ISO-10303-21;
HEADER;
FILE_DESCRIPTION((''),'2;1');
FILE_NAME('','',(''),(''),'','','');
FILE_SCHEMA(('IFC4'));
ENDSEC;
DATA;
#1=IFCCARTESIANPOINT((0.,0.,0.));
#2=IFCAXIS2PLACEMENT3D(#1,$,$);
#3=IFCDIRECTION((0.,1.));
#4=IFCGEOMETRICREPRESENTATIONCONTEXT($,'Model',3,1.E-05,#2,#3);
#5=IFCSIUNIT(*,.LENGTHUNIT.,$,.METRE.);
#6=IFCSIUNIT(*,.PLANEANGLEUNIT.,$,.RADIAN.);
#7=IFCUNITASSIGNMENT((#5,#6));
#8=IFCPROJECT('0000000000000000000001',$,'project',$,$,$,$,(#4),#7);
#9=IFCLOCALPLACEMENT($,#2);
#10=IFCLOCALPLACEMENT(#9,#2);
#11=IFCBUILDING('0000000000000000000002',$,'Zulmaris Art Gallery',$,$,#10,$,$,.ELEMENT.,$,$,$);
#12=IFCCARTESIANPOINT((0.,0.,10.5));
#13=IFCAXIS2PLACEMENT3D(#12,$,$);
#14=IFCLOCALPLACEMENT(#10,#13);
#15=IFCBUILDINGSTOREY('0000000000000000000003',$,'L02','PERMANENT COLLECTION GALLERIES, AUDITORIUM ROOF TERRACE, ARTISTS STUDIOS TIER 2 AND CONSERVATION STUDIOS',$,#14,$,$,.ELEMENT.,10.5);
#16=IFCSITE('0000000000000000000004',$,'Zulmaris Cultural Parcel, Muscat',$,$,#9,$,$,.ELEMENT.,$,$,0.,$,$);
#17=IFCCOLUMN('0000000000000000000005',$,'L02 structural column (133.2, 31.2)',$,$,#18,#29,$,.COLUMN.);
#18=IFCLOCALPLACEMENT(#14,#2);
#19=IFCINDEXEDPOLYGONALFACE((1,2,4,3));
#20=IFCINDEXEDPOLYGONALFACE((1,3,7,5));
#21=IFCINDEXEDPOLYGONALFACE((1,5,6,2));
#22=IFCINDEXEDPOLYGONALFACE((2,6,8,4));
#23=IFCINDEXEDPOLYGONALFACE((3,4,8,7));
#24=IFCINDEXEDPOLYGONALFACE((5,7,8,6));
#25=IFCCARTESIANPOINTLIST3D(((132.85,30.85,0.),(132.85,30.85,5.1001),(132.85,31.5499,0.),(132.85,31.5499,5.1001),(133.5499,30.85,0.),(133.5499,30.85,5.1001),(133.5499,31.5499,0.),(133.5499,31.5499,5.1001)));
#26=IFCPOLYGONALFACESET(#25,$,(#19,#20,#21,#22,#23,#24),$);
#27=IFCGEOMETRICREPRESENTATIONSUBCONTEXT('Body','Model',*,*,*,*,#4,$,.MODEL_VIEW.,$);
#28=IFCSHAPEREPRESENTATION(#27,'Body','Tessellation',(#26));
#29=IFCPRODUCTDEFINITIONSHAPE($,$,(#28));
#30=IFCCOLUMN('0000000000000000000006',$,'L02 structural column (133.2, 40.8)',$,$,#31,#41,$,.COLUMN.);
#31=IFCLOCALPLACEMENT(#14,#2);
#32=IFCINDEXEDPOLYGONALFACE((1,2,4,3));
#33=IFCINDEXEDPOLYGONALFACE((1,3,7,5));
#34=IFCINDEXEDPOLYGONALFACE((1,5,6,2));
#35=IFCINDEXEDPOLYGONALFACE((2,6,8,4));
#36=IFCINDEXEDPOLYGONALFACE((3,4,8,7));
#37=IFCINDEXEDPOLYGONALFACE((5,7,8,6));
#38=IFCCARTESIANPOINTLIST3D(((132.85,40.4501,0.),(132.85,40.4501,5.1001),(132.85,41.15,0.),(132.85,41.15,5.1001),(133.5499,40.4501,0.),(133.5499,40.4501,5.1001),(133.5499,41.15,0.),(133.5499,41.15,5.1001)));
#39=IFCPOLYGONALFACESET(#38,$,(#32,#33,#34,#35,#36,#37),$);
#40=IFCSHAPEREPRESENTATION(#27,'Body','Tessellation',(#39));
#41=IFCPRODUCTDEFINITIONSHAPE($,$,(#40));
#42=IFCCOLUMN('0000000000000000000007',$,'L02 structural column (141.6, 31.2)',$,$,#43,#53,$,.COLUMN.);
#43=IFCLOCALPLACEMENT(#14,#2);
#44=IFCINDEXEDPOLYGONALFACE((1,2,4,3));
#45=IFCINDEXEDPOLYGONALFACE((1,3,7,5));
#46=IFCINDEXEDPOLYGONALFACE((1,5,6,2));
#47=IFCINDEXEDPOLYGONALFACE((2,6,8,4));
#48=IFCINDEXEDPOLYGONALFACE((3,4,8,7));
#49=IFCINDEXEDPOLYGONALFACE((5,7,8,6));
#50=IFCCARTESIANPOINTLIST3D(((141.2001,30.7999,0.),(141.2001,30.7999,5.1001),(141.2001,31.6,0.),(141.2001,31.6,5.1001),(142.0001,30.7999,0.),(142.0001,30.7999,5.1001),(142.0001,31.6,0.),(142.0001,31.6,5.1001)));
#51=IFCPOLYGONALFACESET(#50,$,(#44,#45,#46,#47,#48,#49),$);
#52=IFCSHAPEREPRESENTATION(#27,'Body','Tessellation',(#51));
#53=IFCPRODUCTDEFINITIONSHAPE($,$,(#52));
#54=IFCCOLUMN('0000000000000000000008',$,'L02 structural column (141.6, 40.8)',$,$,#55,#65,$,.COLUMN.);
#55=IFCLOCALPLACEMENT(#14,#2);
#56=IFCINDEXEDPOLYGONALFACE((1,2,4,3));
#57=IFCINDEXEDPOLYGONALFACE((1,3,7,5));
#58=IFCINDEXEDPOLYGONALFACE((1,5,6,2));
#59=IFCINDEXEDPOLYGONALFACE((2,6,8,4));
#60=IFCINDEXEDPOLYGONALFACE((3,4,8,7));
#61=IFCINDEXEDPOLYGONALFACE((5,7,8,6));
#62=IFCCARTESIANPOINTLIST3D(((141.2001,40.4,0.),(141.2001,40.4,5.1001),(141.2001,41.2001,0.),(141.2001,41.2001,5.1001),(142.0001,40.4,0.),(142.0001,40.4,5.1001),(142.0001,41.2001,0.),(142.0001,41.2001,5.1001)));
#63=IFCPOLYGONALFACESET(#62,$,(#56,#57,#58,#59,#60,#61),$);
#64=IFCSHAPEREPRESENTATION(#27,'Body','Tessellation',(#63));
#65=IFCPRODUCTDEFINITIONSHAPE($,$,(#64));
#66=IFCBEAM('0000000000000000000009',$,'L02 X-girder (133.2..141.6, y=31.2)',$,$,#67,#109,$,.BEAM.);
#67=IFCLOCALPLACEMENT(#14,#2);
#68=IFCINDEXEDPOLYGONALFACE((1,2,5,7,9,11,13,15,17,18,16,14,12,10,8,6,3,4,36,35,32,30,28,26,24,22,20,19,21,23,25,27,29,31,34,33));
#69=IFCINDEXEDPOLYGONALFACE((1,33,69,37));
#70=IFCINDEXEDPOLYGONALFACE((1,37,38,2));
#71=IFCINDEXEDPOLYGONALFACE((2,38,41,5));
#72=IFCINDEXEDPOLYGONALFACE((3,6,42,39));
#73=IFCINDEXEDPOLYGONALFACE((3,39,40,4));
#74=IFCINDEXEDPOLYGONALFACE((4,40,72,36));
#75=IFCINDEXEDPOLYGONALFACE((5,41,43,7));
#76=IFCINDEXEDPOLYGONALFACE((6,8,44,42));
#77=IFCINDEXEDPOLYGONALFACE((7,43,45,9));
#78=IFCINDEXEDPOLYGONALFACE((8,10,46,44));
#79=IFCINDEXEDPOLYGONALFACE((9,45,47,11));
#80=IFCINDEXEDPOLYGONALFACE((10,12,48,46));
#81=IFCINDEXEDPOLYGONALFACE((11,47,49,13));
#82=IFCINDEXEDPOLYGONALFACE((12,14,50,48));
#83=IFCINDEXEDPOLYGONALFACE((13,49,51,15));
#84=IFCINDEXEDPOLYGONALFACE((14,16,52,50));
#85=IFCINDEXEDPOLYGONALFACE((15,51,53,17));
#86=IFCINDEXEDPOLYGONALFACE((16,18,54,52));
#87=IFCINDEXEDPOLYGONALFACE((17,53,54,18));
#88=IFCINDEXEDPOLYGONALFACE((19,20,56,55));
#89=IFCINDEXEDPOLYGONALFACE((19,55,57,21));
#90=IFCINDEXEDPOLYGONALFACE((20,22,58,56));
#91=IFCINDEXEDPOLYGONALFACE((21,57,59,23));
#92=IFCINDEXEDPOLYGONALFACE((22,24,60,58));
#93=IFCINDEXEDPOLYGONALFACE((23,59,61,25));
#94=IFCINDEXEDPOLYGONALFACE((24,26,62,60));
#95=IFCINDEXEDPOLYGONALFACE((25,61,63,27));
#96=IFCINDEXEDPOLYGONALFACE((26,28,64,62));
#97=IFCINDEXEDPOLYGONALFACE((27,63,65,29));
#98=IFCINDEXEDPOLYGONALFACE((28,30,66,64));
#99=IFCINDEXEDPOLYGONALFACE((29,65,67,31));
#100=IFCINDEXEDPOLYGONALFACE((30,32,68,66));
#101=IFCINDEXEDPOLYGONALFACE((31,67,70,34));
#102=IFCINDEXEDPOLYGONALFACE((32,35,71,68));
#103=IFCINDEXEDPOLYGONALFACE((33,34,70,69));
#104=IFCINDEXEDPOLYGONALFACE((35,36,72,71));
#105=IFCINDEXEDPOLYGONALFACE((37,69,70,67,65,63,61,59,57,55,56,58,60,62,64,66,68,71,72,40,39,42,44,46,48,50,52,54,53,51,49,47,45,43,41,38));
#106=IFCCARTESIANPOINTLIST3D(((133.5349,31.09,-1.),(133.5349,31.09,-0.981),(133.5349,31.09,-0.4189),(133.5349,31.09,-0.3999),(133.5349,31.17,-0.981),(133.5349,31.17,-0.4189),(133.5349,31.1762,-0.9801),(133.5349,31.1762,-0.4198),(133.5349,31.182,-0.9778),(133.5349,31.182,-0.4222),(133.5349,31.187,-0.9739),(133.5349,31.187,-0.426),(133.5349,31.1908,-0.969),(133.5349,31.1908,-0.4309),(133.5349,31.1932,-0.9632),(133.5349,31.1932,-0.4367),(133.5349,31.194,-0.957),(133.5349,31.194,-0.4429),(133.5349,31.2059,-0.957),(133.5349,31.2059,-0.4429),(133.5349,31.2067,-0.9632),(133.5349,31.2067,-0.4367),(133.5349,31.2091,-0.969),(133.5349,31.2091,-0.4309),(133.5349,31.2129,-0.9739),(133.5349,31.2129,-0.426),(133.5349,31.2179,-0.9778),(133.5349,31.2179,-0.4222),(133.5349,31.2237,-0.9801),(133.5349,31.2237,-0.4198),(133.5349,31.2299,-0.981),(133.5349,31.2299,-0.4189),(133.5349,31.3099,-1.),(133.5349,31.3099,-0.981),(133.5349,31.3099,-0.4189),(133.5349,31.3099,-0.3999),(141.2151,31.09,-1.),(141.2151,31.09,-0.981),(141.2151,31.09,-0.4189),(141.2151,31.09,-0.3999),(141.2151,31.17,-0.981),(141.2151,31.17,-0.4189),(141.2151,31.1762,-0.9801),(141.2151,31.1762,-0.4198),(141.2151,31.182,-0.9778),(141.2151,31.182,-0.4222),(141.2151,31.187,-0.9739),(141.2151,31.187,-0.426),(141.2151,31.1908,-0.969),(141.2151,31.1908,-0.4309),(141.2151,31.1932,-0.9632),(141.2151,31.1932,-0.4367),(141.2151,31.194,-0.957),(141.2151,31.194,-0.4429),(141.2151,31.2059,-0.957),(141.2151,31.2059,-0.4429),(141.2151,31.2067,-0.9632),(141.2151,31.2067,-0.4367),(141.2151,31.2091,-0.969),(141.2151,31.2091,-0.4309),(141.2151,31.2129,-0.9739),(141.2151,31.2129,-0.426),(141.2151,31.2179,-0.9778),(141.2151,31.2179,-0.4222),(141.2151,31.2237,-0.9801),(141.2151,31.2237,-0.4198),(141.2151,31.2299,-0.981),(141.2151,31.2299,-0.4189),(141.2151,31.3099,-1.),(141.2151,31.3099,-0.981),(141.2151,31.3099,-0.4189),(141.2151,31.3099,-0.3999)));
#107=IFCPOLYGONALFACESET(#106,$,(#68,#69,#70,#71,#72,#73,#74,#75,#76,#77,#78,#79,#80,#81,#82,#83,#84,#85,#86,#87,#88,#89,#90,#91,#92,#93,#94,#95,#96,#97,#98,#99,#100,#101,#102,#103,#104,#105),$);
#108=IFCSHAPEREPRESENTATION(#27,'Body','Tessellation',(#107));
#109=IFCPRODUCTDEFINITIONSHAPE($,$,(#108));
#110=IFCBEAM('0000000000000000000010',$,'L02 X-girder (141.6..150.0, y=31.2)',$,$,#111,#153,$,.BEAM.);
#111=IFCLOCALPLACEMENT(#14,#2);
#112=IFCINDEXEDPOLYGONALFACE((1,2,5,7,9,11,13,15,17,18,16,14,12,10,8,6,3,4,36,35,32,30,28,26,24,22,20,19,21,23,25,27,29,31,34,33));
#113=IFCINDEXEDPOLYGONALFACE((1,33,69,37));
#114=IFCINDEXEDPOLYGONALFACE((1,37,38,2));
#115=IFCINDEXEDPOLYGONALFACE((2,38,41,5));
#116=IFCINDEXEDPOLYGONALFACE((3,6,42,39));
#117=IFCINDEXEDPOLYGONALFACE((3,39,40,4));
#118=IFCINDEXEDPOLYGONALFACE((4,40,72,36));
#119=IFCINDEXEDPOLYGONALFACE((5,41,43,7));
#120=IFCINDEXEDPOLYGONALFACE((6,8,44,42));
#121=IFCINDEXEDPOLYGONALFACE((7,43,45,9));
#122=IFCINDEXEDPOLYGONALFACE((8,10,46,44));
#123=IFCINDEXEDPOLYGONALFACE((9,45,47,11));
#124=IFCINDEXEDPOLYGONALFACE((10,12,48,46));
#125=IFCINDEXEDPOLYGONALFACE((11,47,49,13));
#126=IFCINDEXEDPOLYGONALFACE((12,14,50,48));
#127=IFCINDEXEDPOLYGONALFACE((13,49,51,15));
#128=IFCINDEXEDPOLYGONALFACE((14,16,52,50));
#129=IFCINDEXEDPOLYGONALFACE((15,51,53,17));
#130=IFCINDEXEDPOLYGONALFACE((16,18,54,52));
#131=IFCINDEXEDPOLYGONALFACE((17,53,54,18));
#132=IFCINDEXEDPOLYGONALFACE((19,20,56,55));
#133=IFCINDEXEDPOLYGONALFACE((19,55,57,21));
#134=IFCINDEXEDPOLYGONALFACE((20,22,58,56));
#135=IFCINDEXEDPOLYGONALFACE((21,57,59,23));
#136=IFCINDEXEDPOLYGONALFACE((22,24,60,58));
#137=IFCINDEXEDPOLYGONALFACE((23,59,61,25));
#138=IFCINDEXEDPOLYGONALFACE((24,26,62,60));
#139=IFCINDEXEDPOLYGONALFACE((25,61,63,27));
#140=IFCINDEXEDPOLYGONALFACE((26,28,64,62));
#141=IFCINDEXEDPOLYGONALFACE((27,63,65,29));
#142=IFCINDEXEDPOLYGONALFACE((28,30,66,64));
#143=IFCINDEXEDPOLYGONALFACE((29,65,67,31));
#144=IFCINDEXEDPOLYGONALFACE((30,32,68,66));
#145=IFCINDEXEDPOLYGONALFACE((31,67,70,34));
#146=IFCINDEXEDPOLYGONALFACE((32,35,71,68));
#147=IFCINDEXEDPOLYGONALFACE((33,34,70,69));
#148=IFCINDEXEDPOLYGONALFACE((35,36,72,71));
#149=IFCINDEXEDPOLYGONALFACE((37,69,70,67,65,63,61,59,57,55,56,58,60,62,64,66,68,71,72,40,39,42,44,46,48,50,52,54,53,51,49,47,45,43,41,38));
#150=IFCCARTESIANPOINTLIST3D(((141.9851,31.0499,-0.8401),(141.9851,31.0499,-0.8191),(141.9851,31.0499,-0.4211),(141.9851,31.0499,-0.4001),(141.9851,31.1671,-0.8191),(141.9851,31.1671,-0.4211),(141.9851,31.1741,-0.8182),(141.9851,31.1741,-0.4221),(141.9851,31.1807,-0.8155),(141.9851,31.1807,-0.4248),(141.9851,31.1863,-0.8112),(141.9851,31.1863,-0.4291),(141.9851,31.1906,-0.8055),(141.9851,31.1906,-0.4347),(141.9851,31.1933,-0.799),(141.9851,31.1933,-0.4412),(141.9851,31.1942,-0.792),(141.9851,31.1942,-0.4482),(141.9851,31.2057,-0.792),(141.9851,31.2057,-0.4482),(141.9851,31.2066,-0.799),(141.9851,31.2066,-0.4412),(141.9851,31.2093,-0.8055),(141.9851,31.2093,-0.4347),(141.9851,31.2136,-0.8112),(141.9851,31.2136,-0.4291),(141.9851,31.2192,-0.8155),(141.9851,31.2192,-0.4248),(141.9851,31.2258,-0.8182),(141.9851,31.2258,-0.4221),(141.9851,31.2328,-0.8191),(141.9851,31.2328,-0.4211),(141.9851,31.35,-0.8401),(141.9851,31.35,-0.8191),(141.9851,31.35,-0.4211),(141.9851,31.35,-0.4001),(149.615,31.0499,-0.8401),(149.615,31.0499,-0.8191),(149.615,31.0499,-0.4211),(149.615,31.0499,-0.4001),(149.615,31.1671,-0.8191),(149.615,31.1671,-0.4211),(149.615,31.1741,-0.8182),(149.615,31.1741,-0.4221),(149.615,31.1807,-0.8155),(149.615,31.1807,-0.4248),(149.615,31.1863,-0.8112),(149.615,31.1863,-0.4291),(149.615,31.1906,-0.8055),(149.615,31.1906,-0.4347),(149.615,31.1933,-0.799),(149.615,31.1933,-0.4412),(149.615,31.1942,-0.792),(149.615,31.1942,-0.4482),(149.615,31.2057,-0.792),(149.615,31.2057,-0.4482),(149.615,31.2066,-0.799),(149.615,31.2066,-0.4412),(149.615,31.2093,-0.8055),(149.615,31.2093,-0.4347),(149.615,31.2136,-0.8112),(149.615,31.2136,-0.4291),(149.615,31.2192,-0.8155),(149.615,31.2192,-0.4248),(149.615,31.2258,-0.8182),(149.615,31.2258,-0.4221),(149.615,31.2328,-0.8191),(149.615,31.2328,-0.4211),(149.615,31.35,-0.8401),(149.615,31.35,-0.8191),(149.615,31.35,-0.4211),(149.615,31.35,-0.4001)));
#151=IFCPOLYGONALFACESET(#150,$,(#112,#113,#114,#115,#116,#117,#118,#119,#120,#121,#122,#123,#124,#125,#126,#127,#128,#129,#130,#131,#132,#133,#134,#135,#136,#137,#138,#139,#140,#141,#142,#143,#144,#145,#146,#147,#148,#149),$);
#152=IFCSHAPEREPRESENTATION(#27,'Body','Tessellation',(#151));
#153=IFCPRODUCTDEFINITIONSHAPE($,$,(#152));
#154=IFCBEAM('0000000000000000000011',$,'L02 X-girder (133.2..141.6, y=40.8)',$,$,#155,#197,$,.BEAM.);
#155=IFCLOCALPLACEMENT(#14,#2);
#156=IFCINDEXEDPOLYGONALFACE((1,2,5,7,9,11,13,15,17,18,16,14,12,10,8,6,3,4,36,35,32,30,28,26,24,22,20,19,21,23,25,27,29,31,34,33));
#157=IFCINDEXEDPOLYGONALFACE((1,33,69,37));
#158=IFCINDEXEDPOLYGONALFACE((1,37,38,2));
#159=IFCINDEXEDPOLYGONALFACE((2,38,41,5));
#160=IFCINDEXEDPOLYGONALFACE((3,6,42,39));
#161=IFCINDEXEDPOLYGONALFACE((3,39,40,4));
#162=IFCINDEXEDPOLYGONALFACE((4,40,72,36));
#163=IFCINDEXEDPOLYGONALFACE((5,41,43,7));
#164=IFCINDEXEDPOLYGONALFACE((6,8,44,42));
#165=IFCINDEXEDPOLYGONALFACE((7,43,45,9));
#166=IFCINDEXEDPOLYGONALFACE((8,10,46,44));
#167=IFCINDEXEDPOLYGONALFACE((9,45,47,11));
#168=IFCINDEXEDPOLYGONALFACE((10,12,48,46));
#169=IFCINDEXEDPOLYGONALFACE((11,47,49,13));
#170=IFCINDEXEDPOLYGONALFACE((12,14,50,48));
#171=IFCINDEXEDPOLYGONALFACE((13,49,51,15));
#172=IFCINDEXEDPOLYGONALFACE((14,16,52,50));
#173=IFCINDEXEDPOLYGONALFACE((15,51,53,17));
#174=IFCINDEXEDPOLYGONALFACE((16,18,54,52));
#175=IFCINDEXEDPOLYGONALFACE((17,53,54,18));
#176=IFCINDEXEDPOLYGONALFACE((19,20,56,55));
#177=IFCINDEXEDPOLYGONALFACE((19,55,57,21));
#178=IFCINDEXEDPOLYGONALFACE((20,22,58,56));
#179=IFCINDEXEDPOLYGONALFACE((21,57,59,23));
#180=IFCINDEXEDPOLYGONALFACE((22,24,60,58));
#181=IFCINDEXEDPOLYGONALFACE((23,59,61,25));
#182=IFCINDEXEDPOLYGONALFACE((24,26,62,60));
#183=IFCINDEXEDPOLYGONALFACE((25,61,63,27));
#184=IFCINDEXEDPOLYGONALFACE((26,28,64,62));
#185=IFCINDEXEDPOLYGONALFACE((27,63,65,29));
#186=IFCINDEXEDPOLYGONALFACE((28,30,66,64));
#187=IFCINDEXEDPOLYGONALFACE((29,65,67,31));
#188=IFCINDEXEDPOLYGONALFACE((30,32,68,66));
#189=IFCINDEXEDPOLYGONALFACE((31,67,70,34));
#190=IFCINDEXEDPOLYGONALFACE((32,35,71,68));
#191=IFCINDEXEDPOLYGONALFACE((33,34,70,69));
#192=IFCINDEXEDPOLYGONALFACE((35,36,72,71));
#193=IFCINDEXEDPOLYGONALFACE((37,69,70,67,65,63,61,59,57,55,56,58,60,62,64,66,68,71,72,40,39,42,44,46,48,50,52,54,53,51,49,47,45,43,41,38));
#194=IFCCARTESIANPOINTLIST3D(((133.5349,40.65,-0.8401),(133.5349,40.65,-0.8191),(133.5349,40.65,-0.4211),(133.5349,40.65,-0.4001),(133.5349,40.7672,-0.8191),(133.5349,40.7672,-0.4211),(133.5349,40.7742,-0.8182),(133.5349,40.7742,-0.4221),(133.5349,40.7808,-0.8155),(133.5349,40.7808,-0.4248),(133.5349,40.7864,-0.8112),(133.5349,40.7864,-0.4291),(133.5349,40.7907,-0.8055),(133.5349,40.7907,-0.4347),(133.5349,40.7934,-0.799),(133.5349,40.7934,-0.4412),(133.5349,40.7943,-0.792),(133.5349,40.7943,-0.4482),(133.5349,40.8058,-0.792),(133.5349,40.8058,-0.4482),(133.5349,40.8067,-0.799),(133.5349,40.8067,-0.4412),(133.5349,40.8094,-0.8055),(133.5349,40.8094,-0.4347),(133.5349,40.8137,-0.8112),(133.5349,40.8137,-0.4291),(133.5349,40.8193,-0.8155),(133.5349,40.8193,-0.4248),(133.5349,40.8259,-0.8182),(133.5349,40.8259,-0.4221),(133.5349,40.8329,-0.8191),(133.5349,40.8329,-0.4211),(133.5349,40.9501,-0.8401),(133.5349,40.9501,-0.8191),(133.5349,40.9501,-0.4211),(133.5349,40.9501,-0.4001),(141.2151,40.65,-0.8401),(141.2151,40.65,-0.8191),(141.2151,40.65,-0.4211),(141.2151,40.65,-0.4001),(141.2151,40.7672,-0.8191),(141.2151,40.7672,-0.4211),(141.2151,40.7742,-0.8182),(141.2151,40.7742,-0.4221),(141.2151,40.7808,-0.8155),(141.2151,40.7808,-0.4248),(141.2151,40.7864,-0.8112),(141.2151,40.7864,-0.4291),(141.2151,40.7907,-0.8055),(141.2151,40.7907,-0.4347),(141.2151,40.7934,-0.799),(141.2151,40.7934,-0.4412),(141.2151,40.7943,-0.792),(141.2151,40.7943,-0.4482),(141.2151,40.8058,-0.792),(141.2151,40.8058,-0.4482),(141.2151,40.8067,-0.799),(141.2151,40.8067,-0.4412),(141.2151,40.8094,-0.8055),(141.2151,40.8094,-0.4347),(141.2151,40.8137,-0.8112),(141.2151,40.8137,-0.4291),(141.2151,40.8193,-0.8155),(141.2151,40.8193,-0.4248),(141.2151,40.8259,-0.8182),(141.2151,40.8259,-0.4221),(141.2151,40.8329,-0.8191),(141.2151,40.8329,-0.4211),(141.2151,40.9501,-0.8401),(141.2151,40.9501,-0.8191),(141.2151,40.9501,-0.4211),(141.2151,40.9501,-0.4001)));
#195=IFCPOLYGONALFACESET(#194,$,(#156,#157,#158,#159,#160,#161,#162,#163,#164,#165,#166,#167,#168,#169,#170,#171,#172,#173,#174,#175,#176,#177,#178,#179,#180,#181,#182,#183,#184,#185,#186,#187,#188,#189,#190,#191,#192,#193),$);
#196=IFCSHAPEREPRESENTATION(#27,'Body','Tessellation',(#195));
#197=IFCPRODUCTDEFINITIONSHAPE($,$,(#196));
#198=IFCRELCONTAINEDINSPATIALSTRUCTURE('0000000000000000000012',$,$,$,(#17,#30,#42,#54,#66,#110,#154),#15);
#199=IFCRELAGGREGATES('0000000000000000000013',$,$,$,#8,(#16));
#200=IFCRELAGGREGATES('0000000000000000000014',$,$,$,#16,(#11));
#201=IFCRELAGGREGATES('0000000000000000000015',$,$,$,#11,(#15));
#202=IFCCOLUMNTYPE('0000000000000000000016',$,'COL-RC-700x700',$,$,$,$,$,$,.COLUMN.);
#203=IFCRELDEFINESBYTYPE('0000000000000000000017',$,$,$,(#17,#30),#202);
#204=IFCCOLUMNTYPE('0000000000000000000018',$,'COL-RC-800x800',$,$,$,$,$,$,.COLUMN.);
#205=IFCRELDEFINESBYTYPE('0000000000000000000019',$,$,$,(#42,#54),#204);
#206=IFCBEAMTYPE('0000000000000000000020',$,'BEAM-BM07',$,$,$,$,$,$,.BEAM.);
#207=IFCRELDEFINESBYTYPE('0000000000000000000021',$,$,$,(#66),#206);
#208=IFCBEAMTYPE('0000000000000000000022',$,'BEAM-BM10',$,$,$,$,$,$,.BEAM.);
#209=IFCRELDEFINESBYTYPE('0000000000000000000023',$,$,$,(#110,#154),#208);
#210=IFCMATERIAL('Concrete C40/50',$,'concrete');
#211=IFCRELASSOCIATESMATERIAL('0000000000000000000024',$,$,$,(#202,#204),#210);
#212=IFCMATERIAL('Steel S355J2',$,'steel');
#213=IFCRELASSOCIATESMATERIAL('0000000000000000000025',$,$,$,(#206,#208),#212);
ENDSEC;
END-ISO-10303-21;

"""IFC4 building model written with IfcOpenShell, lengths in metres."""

from ifc_helpers import new_model, si_unit, direction, frame, origin, origin_2d, place, context, subcontext, project, spatial, rectangle, i_section, extrude, material, material_profile, profile_set, type_object, element, save


model = new_model("IFC4")

# Units and contexts
model_context = context("Model", 3, precision=1e-05, world=origin(), true_north=direction((0.0, 1.0)))
body_context = subcontext(model_context, "Body", "Model", "MODEL_VIEW")
ifc_project = project(units=[si_unit("LENGTHUNIT", "METRE"), si_unit("PLANEANGLEUNIT", "RADIAN")], contexts=[model_context])

# Site, building, storey
site_placement = place(None, origin())
site = spatial("IfcSite", under=ifc_project, at=site_placement, Name="Zulmaris Cultural Parcel, Muscat", CompositionType="ELEMENT", RefElevation=0.0)
building_placement = place(site_placement, origin())
building = spatial("IfcBuilding", under=site, at=building_placement, Name="Zulmaris Art Gallery", CompositionType="ELEMENT")
storey_placement = place(building_placement, frame((0.0, 0.0, 10.5)))
storey = spatial("IfcBuildingStorey", under=building, at=storey_placement, Name="L02", Description="PERMANENT COLLECTION GALLERIES, AUDITORIUM ROOF TERRACE, ARTISTS STUDIOS TIER 2 AND CONSERVATION STUDIOS", CompositionType="ELEMENT", Elevation=10.5)

# Columns
ifc_material_1 = material(Name="Concrete C40/50", Category="concrete")
ifc_material_profile_1 = material_profile(ifc_material_1, rectangle(XDim=0.7, YDim=0.7, at=origin_2d()), Name="RC 700x700")
ifc_profile_set_1 = profile_set([ifc_material_profile_1], Name="Concrete C40/50")
column_type_1 = type_object("IfcColumnType", Name="COL-RC-700x700", PredefinedType="COLUMN", material=ifc_profile_set_1)
for number, where, z_axis, x_axis, name in (
    (1, (133.2, 31.2, 0.0), (0.0, 0.0, 1.0), (1.0, 0.0, 0.0), "L02 structural column (133.2, 31.2)"),
    (2, (133.2, 40.8, 0.0), (0.0, 0.0, 1.0), (1.0, 0.0, 0.0), "L02 structural column (133.2, 40.8)"),
):
    element("IfcColumn", number, at=place(storey_placement, frame(where, z_axis=z_axis, x_axis=x_axis)), inside=storey, type_object=column_type_1, Name=name, PredefinedType="COLUMN", context=body_context, shape_type="SweptSolid", body=[
        extrude(rectangle(XDim=0.7, YDim=0.7, at=origin_2d()), origin(), (0.0, 0.0, 1.0), 5.1001),
    ])
ifc_material_profile_2 = material_profile(ifc_material_1, rectangle(XDim=0.8, YDim=0.8, at=origin_2d()), Name="RC 800x800")
ifc_profile_set_2 = profile_set([ifc_material_profile_2], Name="Concrete C40/50")
column_type_2 = type_object("IfcColumnType", Name="COL-RC-800x800", PredefinedType="COLUMN", material=ifc_profile_set_2)
for number, where, z_axis, x_axis, name in (
    (3, (141.6001, 31.2, 0.0), (0.0, 0.0, 1.0), (1.0, 0.0, 0.0), "L02 structural column (141.6, 31.2)"),
    (4, (141.6001, 40.8, 0.0), (0.0, 0.0, 1.0), (1.0, 0.0, 0.0), "L02 structural column (141.6, 40.8)"),
):
    element("IfcColumn", number, at=place(storey_placement, frame(where, z_axis=z_axis, x_axis=x_axis)), inside=storey, type_object=column_type_2, Name=name, PredefinedType="COLUMN", context=body_context, shape_type="SweptSolid", body=[
        extrude(rectangle(XDim=0.8, YDim=0.8, at=origin_2d()), origin(), (0.0, 0.0, 1.0), 5.1001),
    ])

# Beams
ifc_material_2 = material(Name="Steel S355J2", Category="steel")
ifc_material_profile_3 = material_profile(ifc_material_2, i_section(OverallWidth=0.22, OverallDepth=0.6001, WebThickness=0.012, FlangeThickness=0.019, FilletRadius=0.0239, at=origin_2d()), Name="IPE 600")
ifc_profile_set_3 = profile_set([ifc_material_profile_3], Name="Steel S355J2")
beam_type_1 = type_object("IfcBeamType", Name="BEAM-BM07", PredefinedType="BEAM", material=ifc_profile_set_3)
beam_1_placement = place(storey_placement, frame((133.5349, 31.2, -0.7), z_axis=(1.0, 0.0, 0.0), x_axis=(0.0, 1.0, 0.0)))
element("IfcBeam", 5, at=beam_1_placement, inside=storey, type_object=beam_type_1, Name="L02 X-girder (133.2..141.6, y=31.2)", PredefinedType="BEAM", context=body_context, shape_type="SweptSolid", body=[
    extrude(i_section(OverallWidth=0.22, OverallDepth=0.6001, WebThickness=0.012, FlangeThickness=0.019, FilletRadius=0.0239, at=origin_2d()), origin(), (0.0, 0.0, 1.0), 7.6802),
])
ifc_material_profile_4 = material_profile(ifc_material_2, i_section(OverallWidth=0.3, OverallDepth=0.4399, WebThickness=0.0115, FlangeThickness=0.021, FilletRadius=0.0271, at=origin_2d()), Name="HEA 450")
ifc_profile_set_4 = profile_set([ifc_material_profile_4], Name="Steel S355J2")
beam_type_2 = type_object("IfcBeamType", Name="BEAM-BM10", PredefinedType="BEAM", material=ifc_profile_set_4)
beam_2_placement = place(storey_placement, frame((141.9851, 31.2, -0.6201), z_axis=(1.0, 0.0, 0.0), x_axis=(0.0, 1.0, 0.0)))
element("IfcBeam", 6, at=beam_2_placement, inside=storey, type_object=beam_type_2, Name="L02 X-girder (141.6..150.0, y=31.2)", PredefinedType="BEAM", context=body_context, shape_type="SweptSolid", body=[
    extrude(i_section(OverallWidth=0.3, OverallDepth=0.4399, WebThickness=0.0115, FlangeThickness=0.021, FilletRadius=0.0271, at=origin_2d()), origin(), (0.0, 0.0, 1.0), 7.6299),
])
beam_3_placement = place(storey_placement, frame((133.5349, 40.8, -0.6201), z_axis=(1.0, 0.0, 0.0), x_axis=(0.0, 1.0, 0.0)))
element("IfcBeam", 7, at=beam_3_placement, inside=storey, type_object=beam_type_2, Name="L02 X-girder (133.2..141.6, y=40.8)", PredefinedType="BEAM", context=body_context, shape_type="SweptSolid", body=[
    extrude(i_section(OverallWidth=0.3, OverallDepth=0.4399, WebThickness=0.0115, FlangeThickness=0.021, FilletRadius=0.0271, at=origin_2d()), origin(), (0.0, 0.0, 1.0), 7.6802),
])

save(model, "model.ifc")
